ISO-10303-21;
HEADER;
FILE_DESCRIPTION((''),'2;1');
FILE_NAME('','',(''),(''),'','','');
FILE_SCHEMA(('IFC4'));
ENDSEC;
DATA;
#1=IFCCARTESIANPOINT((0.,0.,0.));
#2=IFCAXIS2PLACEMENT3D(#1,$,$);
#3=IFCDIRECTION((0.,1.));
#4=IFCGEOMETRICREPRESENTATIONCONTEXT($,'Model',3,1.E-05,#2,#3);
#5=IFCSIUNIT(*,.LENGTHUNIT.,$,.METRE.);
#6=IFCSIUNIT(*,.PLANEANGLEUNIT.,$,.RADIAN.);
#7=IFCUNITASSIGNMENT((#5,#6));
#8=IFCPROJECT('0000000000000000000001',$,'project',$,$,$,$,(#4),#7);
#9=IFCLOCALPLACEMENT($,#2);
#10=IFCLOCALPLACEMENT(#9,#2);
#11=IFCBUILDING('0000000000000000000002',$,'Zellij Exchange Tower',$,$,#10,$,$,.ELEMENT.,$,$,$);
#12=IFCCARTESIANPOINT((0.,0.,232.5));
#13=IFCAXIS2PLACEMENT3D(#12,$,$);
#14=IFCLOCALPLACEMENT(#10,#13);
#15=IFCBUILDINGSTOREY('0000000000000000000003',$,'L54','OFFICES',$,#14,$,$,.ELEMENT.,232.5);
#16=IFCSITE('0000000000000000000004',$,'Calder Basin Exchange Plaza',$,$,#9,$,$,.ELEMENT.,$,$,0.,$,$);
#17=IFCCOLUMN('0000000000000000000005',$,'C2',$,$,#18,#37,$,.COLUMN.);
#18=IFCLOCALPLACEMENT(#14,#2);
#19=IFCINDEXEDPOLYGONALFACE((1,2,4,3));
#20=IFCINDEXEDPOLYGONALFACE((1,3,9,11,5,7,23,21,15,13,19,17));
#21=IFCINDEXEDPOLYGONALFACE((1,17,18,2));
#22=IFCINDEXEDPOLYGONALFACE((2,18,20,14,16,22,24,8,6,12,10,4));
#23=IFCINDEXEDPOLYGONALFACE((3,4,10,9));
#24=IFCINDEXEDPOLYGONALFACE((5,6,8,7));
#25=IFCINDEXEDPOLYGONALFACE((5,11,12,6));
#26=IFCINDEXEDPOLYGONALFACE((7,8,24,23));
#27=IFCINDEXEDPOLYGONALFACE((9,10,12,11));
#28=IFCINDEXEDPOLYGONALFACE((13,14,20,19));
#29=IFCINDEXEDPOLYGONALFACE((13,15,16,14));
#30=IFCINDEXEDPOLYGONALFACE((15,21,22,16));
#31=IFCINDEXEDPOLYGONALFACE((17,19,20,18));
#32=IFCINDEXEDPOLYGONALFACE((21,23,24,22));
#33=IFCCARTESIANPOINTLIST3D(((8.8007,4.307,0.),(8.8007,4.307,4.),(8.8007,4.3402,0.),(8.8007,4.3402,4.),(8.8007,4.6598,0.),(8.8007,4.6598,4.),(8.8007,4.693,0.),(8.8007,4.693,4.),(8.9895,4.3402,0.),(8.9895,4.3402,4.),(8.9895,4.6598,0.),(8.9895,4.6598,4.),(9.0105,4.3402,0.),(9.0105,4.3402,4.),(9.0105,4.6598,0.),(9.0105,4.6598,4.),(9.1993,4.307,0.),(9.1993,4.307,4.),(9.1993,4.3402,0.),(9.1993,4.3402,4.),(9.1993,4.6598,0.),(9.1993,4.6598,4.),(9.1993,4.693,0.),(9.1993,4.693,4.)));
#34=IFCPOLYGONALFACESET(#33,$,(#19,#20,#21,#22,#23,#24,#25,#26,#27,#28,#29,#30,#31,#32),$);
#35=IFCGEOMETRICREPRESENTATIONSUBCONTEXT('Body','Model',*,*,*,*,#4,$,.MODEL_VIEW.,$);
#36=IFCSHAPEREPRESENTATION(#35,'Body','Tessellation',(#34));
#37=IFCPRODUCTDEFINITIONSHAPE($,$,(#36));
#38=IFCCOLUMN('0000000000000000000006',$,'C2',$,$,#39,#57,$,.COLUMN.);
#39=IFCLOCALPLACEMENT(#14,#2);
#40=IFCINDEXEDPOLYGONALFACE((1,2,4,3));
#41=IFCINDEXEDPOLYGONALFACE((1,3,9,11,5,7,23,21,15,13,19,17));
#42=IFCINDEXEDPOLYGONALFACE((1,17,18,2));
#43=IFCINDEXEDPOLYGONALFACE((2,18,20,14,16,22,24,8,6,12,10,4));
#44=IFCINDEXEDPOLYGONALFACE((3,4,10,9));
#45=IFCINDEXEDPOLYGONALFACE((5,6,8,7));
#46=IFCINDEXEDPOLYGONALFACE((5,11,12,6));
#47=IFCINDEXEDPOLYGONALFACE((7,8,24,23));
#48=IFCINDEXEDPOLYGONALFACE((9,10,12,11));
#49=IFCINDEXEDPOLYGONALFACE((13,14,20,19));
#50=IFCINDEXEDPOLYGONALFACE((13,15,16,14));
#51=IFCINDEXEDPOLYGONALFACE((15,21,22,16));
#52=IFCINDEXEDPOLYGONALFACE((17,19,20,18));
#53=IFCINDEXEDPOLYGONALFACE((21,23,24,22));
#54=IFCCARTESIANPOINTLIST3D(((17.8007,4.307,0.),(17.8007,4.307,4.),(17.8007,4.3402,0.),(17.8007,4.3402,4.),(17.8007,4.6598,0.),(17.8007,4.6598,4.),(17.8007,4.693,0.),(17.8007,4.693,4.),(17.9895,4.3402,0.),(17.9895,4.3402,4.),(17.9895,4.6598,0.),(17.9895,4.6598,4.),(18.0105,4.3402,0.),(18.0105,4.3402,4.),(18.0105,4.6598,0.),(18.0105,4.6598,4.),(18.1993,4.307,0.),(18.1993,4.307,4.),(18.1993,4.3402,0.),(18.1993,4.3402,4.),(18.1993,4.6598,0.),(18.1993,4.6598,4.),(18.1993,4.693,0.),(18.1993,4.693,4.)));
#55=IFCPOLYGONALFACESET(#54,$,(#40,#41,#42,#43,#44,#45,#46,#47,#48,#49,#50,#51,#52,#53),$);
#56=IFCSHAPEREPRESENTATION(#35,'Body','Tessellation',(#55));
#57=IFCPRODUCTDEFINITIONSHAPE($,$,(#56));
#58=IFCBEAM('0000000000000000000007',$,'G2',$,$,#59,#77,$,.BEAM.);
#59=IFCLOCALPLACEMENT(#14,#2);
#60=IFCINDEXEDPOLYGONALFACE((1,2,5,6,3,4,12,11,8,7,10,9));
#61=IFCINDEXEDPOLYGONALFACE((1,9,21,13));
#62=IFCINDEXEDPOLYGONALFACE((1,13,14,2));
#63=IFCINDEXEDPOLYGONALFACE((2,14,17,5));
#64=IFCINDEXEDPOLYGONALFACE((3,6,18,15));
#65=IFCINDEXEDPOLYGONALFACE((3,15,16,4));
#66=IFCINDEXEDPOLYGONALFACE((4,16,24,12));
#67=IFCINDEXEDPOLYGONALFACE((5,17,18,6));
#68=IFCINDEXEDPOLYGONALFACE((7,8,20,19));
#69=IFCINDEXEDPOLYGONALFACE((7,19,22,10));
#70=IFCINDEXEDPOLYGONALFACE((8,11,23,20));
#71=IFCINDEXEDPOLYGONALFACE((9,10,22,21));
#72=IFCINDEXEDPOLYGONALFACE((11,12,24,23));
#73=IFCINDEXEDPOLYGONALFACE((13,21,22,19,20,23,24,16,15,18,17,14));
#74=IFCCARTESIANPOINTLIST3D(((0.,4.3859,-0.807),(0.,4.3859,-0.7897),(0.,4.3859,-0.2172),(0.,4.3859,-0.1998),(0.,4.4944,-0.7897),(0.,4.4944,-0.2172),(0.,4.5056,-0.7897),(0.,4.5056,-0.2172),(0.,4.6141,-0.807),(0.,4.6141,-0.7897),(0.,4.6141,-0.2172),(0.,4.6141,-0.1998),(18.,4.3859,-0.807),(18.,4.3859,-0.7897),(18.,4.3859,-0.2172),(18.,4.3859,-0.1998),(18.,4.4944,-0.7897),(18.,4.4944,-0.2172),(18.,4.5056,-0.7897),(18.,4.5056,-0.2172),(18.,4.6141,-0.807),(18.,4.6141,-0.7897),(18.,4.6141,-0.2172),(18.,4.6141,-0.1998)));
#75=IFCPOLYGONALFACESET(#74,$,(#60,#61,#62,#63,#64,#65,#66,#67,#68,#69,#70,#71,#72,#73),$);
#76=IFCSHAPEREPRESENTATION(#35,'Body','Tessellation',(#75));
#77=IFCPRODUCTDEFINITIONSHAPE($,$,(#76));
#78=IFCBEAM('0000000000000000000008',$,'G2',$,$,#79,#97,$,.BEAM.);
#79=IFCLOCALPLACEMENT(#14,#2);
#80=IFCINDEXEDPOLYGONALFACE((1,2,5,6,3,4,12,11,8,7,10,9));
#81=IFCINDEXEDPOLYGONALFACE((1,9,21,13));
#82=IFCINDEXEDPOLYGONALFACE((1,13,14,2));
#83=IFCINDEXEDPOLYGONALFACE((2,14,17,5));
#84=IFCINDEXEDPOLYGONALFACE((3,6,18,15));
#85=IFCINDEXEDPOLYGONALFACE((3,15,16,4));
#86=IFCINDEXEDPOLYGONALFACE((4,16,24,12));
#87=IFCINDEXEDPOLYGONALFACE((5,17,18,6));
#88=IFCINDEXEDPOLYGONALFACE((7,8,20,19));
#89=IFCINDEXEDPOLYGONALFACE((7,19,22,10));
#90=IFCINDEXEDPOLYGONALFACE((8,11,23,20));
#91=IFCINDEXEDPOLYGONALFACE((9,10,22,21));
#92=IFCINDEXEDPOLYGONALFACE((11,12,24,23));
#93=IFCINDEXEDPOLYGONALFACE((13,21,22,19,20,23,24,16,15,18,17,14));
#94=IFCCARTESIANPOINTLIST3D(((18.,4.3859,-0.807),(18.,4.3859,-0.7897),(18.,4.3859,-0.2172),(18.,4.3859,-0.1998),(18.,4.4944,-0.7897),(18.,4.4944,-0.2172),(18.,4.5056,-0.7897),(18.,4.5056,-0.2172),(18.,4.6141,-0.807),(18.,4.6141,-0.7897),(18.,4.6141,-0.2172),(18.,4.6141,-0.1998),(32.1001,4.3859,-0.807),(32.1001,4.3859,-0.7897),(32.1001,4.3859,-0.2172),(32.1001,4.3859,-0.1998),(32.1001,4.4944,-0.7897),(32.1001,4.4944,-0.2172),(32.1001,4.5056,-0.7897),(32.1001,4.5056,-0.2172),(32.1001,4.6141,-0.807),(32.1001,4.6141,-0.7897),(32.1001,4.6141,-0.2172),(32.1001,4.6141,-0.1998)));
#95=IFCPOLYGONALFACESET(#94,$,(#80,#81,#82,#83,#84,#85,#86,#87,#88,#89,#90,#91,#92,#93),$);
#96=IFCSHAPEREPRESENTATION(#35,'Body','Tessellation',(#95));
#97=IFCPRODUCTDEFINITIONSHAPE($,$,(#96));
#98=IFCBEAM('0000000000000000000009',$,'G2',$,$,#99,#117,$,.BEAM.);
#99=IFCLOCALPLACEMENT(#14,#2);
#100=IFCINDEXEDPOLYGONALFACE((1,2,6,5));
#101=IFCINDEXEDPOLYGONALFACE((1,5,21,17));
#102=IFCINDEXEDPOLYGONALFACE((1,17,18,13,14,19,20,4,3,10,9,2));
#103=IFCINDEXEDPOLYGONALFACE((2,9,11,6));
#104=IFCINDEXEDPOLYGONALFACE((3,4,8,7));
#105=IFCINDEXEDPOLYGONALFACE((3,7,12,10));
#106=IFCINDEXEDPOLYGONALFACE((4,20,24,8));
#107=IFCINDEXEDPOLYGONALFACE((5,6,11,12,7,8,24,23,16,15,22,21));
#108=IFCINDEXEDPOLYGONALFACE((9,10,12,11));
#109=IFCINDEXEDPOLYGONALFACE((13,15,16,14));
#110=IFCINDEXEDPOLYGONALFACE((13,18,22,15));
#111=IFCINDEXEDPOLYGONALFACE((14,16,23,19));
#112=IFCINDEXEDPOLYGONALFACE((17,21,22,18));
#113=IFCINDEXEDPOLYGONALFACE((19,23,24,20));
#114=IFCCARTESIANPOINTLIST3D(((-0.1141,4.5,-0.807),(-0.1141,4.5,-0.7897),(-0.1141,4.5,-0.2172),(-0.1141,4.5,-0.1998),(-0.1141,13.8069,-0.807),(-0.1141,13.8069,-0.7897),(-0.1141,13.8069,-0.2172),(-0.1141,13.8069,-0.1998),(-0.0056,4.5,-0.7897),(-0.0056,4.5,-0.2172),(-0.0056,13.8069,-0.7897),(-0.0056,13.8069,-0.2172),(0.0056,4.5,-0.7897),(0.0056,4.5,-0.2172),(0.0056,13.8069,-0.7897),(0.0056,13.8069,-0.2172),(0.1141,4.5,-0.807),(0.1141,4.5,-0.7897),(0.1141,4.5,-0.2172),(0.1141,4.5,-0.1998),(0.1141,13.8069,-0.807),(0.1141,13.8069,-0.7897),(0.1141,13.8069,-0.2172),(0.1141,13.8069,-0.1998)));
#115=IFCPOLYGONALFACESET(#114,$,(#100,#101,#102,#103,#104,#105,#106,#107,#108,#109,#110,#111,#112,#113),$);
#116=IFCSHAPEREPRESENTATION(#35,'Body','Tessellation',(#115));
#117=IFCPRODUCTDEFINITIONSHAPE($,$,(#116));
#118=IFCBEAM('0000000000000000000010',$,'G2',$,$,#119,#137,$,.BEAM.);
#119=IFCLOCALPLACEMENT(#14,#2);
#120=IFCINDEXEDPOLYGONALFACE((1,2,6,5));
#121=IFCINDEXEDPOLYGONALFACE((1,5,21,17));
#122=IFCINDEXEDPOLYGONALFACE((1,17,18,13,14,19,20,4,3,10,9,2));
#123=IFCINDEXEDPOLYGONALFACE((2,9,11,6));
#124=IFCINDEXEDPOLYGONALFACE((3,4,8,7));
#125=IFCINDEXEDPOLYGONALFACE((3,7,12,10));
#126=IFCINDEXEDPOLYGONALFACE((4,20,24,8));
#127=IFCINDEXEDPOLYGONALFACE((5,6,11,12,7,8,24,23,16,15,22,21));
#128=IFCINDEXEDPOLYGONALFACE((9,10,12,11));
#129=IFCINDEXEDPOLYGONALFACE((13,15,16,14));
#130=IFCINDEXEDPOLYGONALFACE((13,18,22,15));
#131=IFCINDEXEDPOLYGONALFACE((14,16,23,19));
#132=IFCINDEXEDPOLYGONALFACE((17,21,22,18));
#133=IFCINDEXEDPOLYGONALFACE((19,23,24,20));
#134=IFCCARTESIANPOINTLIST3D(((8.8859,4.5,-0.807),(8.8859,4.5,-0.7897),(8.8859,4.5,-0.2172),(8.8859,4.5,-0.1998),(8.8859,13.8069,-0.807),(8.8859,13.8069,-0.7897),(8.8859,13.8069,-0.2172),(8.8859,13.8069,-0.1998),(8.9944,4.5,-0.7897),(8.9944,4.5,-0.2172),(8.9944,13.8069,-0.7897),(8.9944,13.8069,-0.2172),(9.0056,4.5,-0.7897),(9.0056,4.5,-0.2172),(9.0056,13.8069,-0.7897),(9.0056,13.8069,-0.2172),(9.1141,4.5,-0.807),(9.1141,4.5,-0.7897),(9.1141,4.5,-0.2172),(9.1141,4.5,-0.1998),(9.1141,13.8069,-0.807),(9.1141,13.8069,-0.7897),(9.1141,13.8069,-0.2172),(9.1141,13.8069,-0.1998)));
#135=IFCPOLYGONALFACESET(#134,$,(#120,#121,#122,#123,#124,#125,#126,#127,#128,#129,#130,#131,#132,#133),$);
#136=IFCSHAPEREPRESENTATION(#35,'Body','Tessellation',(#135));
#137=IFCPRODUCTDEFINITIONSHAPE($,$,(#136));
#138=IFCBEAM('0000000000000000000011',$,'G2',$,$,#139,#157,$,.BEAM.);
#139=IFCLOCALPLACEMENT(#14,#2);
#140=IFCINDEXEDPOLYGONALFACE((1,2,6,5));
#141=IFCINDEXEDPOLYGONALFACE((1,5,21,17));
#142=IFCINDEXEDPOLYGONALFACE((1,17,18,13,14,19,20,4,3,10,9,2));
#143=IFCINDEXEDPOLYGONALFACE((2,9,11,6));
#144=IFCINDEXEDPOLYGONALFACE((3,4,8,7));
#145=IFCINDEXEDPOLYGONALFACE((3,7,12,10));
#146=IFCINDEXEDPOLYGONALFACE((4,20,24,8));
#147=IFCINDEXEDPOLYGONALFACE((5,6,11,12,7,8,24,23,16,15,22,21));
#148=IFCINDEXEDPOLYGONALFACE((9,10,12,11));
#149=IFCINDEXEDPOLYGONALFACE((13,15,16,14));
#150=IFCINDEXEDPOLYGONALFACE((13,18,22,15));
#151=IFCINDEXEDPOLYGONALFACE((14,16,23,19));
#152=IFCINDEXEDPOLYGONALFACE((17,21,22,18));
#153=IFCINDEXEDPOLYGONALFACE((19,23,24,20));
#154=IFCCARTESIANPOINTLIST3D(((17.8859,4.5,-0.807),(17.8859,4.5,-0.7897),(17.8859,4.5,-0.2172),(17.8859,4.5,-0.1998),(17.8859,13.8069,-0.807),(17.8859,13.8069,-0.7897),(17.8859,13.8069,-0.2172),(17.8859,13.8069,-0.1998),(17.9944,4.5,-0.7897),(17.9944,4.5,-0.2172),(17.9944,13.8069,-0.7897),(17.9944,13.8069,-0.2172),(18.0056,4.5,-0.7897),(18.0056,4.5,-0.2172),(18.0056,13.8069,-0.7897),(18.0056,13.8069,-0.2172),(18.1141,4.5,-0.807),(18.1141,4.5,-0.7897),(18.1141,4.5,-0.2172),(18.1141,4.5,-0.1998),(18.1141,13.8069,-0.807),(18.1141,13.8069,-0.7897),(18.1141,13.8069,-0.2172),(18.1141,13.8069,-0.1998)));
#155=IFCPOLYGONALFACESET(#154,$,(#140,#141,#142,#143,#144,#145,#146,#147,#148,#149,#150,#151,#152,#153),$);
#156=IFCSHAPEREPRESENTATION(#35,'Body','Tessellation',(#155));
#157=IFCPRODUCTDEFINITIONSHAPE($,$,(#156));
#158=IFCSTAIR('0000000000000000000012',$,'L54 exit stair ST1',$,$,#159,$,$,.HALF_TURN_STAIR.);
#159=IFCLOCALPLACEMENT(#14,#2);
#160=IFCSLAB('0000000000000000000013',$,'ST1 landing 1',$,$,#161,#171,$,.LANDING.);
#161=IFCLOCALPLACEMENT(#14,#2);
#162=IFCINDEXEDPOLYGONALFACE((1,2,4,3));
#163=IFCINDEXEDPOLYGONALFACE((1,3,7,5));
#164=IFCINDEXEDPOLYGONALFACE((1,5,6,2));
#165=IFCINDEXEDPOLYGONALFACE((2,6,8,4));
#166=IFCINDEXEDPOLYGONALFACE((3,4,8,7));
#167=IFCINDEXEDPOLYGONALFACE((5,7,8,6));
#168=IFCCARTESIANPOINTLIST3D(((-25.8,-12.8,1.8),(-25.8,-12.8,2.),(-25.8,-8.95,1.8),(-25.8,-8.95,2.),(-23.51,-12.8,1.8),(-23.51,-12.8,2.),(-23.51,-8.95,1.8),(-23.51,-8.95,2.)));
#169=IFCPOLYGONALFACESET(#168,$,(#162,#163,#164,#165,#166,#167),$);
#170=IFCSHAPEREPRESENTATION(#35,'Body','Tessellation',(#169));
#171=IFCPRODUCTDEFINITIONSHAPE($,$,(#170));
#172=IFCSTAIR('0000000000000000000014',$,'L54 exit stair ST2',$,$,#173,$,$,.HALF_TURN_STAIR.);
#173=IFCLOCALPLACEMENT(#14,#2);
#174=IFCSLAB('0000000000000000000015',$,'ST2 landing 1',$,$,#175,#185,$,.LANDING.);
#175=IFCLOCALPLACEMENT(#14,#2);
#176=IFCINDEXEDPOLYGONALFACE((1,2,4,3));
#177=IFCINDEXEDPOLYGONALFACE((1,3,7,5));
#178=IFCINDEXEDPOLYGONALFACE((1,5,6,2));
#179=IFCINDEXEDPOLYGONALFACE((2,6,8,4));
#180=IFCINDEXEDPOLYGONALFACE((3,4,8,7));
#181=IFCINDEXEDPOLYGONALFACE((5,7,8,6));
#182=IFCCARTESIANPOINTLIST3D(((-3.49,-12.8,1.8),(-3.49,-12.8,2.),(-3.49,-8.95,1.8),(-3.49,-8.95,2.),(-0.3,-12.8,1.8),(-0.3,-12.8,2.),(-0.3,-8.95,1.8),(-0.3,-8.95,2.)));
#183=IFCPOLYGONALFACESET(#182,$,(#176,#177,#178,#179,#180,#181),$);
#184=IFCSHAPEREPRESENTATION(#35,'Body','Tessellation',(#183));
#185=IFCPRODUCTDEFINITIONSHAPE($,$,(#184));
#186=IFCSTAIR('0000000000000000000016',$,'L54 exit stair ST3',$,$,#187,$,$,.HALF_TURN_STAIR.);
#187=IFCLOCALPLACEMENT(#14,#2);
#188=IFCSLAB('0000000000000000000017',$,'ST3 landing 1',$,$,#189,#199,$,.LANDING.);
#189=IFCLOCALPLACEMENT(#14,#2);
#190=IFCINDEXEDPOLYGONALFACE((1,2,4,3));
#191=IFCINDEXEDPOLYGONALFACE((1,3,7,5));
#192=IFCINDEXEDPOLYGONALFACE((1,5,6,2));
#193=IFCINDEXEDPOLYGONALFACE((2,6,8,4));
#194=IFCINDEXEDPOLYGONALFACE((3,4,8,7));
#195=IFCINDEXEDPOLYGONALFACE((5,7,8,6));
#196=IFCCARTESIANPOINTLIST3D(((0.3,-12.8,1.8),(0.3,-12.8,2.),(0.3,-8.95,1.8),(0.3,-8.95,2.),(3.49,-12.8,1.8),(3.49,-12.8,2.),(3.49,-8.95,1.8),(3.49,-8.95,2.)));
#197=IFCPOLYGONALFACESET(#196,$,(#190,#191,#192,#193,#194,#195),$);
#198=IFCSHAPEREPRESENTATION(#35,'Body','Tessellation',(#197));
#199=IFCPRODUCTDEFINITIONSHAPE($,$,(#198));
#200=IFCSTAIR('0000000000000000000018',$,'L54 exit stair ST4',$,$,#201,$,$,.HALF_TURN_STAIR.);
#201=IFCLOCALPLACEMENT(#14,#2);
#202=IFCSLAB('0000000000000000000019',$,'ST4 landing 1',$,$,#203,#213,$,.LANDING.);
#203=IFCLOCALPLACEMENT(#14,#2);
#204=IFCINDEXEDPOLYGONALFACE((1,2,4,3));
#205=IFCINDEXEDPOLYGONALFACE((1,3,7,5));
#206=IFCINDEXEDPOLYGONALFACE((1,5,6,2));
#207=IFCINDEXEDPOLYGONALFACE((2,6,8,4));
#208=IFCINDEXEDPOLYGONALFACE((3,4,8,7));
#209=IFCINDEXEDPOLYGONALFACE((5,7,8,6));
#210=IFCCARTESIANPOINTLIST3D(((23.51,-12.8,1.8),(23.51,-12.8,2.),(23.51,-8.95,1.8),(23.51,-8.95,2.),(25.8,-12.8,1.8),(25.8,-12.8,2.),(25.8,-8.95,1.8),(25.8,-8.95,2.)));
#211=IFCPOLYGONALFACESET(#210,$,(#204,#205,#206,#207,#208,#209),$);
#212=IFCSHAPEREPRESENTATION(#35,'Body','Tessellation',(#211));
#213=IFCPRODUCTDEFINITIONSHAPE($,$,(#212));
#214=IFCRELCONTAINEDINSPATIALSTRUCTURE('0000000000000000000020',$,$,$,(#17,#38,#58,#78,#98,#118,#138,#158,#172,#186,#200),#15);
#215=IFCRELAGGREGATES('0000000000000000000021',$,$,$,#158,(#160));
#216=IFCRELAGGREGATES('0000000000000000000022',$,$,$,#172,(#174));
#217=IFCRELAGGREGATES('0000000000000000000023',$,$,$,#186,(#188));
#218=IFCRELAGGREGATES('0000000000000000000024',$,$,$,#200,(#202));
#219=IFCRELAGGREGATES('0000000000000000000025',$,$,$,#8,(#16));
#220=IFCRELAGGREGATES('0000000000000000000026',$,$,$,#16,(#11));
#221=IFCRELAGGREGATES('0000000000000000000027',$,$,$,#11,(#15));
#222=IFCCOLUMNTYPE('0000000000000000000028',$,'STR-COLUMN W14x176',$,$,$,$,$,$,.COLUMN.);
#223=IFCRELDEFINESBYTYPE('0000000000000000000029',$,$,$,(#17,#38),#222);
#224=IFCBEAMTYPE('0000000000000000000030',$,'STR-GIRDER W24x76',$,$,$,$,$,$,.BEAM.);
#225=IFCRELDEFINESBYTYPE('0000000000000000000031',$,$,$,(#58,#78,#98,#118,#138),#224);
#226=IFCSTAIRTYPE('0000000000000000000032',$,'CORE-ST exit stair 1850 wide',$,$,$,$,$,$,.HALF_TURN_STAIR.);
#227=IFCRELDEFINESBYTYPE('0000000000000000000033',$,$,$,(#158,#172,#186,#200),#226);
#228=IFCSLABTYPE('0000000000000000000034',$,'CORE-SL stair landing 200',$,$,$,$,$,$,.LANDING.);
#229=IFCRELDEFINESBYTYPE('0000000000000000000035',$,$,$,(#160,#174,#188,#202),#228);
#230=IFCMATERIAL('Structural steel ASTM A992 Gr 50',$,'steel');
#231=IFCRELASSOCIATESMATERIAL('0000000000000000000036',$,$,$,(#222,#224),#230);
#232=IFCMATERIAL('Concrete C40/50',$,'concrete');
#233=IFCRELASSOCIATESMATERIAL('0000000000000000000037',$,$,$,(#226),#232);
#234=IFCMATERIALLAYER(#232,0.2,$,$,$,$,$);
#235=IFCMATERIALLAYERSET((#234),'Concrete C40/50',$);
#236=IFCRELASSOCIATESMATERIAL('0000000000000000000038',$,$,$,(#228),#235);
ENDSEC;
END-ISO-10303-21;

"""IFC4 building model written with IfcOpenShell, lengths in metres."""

from ifc_helpers import new_model, si_unit, direction, frame, origin, origin_2d, place, context, subcontext, project, spatial, polyline, i_section, outline, extrude, material, layer, layer_set, material_profile, profile_set, type_object, element, aggregate, save


model = new_model("IFC4")

# Units and contexts
model_context = context("Model", 3, precision=1e-05, world=origin(), true_north=direction((0.0, 1.0)))
body_context = subcontext(model_context, "Body", "Model", "MODEL_VIEW")
ifc_project = project(units=[si_unit("LENGTHUNIT", "METRE"), si_unit("PLANEANGLEUNIT", "RADIAN")], contexts=[model_context])

# Site, building, storey
site_placement = place(None, origin())
site = spatial("IfcSite", under=ifc_project, at=site_placement, Name="Calder Basin Exchange Plaza", CompositionType="ELEMENT", RefElevation=0.0)
building_placement = place(site_placement, origin())
building = spatial("IfcBuilding", under=site, at=building_placement, Name="Zellij Exchange Tower", CompositionType="ELEMENT")
storey_placement = place(building_placement, frame((0.0, 0.0, 232.5)))
storey = spatial("IfcBuildingStorey", under=building, at=storey_placement, Name="L54", Description="OFFICES", CompositionType="ELEMENT", Elevation=232.5)

# Columns
ifc_material_1 = material(Name="Structural steel ASTM A992 Gr 50", Category="steel")
ifc_material_profile_1 = material_profile(ifc_material_1, i_section(OverallWidth=0.3987, OverallDepth=0.386, WebThickness=0.021, FlangeThickness=0.0332, at=origin_2d()), Name="W14x176")
ifc_profile_set_1 = profile_set([ifc_material_profile_1], Name="Structural steel ASTM A992 Gr 50")
column_type = type_object("IfcColumnType", Name="STR-COLUMN W14x176", PredefinedType="COLUMN", material=ifc_profile_set_1)
for number, where, z_axis, x_axis, name in (
    (1, (9.0, 4.5, 0.0), (0.0, 0.0, 1.0), (1.0, 0.0, 0.0), "C2"),
    (2, (18.0, 4.5, 0.0), (0.0, 0.0, 1.0), (1.0, 0.0, 0.0), "C2"),
):
    element("IfcColumn", number, at=place(storey_placement, frame(where, z_axis=z_axis, x_axis=x_axis)), inside=storey, type_object=column_type, Name=name, PredefinedType="COLUMN", context=body_context, shape_type="SweptSolid", body=[
        extrude(i_section(OverallWidth=0.3987, OverallDepth=0.386, WebThickness=0.021, FlangeThickness=0.0332, at=origin_2d()), origin(), (0.0, 0.0, 1.0), 4.0),
    ])

# Beams
ifc_material_profile_2 = material_profile(ifc_material_1, i_section(OverallWidth=0.2283, OverallDepth=0.6072, WebThickness=0.0112, FlangeThickness=0.0173, at=origin_2d()), Name="W24x76")
ifc_profile_set_2 = profile_set([ifc_material_profile_2], Name="Structural steel ASTM A992 Gr 50")
beam_type = type_object("IfcBeamType", Name="STR-GIRDER W24x76", PredefinedType="BEAM", material=ifc_profile_set_2)
beam_1_placement = place(storey_placement, frame((0.0, 4.5, -0.5034), z_axis=(1.0, 0.0, 0.0), x_axis=(0.0, 1.0, 0.0)))
element("IfcBeam", 3, at=beam_1_placement, inside=storey, type_object=beam_type, Name="G2", PredefinedType="BEAM", context=body_context, shape_type="SweptSolid", body=[
    extrude(i_section(OverallWidth=0.2283, OverallDepth=0.6072, WebThickness=0.0112, FlangeThickness=0.0173, at=origin_2d()), origin(), (0.0, 0.0, 1.0), 18.0),
])
beam_2_placement = place(storey_placement, frame((18.0, 4.5, -0.5034), z_axis=(1.0, 0.0, 0.0), x_axis=(0.0, 1.0, 0.0)))
element("IfcBeam", 4, at=beam_2_placement, inside=storey, type_object=beam_type, Name="G2", PredefinedType="BEAM", context=body_context, shape_type="SweptSolid", body=[
    extrude(i_section(OverallWidth=0.2283, OverallDepth=0.6072, WebThickness=0.0112, FlangeThickness=0.0173, at=origin_2d()), origin(), (0.0, 0.0, 1.0), 14.1001),
])
for number, where, z_axis, x_axis, name in (
    (5, (0.0, 4.5, -0.5034), (0.0, 1.0, 0.0), (-1.0, 0.0, 0.0), "G2"),
    (6, (9.0, 4.5, -0.5034), (0.0, 1.0, 0.0), (-1.0, 0.0, 0.0), "G2"),
    (7, (18.0, 4.5, -0.5034), (0.0, 1.0, 0.0), (-1.0, 0.0, 0.0), "G2"),
):
    element("IfcBeam", number, at=place(storey_placement, frame(where, z_axis=z_axis, x_axis=x_axis)), inside=storey, type_object=beam_type, Name=name, PredefinedType="BEAM", context=body_context, shape_type="SweptSolid", body=[
        extrude(i_section(OverallWidth=0.2283, OverallDepth=0.6072, WebThickness=0.0112, FlangeThickness=0.0173, at=origin_2d()), origin(), (0.0, 0.0, 1.0), 9.3069),
    ])

# Stairs, slabs
ifc_material_2 = material(Name="Concrete C40/50", Category="concrete")
stair_type = type_object("IfcStairType", Name="CORE-ST exit stair 1850 wide", PredefinedType="HALF_TURN_STAIR", material=ifc_material_2)
stair_1_placement = place(storey_placement, origin())
stair_1 = element("IfcStair", 8, at=stair_1_placement, inside=storey, type_object=stair_type, Name="L54 exit stair ST1", PredefinedType="HALF_TURN_STAIR")
ifc_layer_1 = layer(ifc_material_2, 0.2)
ifc_layer_set_1 = layer_set([ifc_layer_1], Name="Concrete C40/50")
slab_type = type_object("IfcSlabType", Name="CORE-SL stair landing 200", PredefinedType="LANDING", material=ifc_layer_set_1)
slab_1_placement = place(storey_placement, frame((0.0, 0.0, 1.8)))
slab_1 = element("IfcSlab", 9, at=slab_1_placement, type_object=slab_type, Name="ST1 landing 1", PredefinedType="LANDING", context=body_context, shape_type="SweptSolid", body=[
    extrude(outline(polyline([(-23.51, -8.95), (-25.8, -8.95), (-25.8, -12.8), (-23.51, -12.8), (-23.51, -8.95)])), origin(), (0.0, 0.0, 1.0), 0.2),
])
aggregate(stair_1, [slab_1])
stair_2_placement = place(storey_placement, origin())
stair_2 = element("IfcStair", 10, at=stair_2_placement, inside=storey, type_object=stair_type, Name="L54 exit stair ST2", PredefinedType="HALF_TURN_STAIR")
slab_2_placement = place(storey_placement, frame((0.0, 0.0, 1.8)))
slab_2 = element("IfcSlab", 11, at=slab_2_placement, type_object=slab_type, Name="ST2 landing 1", PredefinedType="LANDING", context=body_context, shape_type="SweptSolid", body=[
    extrude(outline(polyline([(-3.49, -12.8), (-0.3, -12.8), (-0.3, -8.95), (-3.49, -8.95), (-3.49, -12.8)])), origin(), (0.0, 0.0, 1.0), 0.2),
])
aggregate(stair_2, [slab_2])
stair_3_placement = place(storey_placement, origin())
stair_3 = element("IfcStair", 12, at=stair_3_placement, inside=storey, type_object=stair_type, Name="L54 exit stair ST3", PredefinedType="HALF_TURN_STAIR")
slab_3_placement = place(storey_placement, frame((0.0, 0.0, 1.8)))
slab_3 = element("IfcSlab", 13, at=slab_3_placement, type_object=slab_type, Name="ST3 landing 1", PredefinedType="LANDING", context=body_context, shape_type="SweptSolid", body=[
    extrude(outline(polyline([(3.49, -8.95), (0.3, -8.95), (0.3, -12.8), (3.49, -12.8), (3.49, -8.95)])), origin(), (0.0, 0.0, 1.0), 0.2),
])
aggregate(stair_3, [slab_3])
stair_4_placement = place(storey_placement, origin())
stair_4 = element("IfcStair", 14, at=stair_4_placement, inside=storey, type_object=stair_type, Name="L54 exit stair ST4", PredefinedType="HALF_TURN_STAIR")
slab_4_placement = place(storey_placement, frame((0.0, 0.0, 1.8)))
slab_4 = element("IfcSlab", 15, at=slab_4_placement, type_object=slab_type, Name="ST4 landing 1", PredefinedType="LANDING", context=body_context, shape_type="SweptSolid", body=[
    extrude(outline(polyline([(23.51, -12.8), (25.8, -12.8), (25.8, -8.95), (23.51, -8.95), (23.51, -12.8)])), origin(), (0.0, 0.0, 1.0), 0.2),
])
aggregate(stair_4, [slab_4])

save(model, "model.ifc")
